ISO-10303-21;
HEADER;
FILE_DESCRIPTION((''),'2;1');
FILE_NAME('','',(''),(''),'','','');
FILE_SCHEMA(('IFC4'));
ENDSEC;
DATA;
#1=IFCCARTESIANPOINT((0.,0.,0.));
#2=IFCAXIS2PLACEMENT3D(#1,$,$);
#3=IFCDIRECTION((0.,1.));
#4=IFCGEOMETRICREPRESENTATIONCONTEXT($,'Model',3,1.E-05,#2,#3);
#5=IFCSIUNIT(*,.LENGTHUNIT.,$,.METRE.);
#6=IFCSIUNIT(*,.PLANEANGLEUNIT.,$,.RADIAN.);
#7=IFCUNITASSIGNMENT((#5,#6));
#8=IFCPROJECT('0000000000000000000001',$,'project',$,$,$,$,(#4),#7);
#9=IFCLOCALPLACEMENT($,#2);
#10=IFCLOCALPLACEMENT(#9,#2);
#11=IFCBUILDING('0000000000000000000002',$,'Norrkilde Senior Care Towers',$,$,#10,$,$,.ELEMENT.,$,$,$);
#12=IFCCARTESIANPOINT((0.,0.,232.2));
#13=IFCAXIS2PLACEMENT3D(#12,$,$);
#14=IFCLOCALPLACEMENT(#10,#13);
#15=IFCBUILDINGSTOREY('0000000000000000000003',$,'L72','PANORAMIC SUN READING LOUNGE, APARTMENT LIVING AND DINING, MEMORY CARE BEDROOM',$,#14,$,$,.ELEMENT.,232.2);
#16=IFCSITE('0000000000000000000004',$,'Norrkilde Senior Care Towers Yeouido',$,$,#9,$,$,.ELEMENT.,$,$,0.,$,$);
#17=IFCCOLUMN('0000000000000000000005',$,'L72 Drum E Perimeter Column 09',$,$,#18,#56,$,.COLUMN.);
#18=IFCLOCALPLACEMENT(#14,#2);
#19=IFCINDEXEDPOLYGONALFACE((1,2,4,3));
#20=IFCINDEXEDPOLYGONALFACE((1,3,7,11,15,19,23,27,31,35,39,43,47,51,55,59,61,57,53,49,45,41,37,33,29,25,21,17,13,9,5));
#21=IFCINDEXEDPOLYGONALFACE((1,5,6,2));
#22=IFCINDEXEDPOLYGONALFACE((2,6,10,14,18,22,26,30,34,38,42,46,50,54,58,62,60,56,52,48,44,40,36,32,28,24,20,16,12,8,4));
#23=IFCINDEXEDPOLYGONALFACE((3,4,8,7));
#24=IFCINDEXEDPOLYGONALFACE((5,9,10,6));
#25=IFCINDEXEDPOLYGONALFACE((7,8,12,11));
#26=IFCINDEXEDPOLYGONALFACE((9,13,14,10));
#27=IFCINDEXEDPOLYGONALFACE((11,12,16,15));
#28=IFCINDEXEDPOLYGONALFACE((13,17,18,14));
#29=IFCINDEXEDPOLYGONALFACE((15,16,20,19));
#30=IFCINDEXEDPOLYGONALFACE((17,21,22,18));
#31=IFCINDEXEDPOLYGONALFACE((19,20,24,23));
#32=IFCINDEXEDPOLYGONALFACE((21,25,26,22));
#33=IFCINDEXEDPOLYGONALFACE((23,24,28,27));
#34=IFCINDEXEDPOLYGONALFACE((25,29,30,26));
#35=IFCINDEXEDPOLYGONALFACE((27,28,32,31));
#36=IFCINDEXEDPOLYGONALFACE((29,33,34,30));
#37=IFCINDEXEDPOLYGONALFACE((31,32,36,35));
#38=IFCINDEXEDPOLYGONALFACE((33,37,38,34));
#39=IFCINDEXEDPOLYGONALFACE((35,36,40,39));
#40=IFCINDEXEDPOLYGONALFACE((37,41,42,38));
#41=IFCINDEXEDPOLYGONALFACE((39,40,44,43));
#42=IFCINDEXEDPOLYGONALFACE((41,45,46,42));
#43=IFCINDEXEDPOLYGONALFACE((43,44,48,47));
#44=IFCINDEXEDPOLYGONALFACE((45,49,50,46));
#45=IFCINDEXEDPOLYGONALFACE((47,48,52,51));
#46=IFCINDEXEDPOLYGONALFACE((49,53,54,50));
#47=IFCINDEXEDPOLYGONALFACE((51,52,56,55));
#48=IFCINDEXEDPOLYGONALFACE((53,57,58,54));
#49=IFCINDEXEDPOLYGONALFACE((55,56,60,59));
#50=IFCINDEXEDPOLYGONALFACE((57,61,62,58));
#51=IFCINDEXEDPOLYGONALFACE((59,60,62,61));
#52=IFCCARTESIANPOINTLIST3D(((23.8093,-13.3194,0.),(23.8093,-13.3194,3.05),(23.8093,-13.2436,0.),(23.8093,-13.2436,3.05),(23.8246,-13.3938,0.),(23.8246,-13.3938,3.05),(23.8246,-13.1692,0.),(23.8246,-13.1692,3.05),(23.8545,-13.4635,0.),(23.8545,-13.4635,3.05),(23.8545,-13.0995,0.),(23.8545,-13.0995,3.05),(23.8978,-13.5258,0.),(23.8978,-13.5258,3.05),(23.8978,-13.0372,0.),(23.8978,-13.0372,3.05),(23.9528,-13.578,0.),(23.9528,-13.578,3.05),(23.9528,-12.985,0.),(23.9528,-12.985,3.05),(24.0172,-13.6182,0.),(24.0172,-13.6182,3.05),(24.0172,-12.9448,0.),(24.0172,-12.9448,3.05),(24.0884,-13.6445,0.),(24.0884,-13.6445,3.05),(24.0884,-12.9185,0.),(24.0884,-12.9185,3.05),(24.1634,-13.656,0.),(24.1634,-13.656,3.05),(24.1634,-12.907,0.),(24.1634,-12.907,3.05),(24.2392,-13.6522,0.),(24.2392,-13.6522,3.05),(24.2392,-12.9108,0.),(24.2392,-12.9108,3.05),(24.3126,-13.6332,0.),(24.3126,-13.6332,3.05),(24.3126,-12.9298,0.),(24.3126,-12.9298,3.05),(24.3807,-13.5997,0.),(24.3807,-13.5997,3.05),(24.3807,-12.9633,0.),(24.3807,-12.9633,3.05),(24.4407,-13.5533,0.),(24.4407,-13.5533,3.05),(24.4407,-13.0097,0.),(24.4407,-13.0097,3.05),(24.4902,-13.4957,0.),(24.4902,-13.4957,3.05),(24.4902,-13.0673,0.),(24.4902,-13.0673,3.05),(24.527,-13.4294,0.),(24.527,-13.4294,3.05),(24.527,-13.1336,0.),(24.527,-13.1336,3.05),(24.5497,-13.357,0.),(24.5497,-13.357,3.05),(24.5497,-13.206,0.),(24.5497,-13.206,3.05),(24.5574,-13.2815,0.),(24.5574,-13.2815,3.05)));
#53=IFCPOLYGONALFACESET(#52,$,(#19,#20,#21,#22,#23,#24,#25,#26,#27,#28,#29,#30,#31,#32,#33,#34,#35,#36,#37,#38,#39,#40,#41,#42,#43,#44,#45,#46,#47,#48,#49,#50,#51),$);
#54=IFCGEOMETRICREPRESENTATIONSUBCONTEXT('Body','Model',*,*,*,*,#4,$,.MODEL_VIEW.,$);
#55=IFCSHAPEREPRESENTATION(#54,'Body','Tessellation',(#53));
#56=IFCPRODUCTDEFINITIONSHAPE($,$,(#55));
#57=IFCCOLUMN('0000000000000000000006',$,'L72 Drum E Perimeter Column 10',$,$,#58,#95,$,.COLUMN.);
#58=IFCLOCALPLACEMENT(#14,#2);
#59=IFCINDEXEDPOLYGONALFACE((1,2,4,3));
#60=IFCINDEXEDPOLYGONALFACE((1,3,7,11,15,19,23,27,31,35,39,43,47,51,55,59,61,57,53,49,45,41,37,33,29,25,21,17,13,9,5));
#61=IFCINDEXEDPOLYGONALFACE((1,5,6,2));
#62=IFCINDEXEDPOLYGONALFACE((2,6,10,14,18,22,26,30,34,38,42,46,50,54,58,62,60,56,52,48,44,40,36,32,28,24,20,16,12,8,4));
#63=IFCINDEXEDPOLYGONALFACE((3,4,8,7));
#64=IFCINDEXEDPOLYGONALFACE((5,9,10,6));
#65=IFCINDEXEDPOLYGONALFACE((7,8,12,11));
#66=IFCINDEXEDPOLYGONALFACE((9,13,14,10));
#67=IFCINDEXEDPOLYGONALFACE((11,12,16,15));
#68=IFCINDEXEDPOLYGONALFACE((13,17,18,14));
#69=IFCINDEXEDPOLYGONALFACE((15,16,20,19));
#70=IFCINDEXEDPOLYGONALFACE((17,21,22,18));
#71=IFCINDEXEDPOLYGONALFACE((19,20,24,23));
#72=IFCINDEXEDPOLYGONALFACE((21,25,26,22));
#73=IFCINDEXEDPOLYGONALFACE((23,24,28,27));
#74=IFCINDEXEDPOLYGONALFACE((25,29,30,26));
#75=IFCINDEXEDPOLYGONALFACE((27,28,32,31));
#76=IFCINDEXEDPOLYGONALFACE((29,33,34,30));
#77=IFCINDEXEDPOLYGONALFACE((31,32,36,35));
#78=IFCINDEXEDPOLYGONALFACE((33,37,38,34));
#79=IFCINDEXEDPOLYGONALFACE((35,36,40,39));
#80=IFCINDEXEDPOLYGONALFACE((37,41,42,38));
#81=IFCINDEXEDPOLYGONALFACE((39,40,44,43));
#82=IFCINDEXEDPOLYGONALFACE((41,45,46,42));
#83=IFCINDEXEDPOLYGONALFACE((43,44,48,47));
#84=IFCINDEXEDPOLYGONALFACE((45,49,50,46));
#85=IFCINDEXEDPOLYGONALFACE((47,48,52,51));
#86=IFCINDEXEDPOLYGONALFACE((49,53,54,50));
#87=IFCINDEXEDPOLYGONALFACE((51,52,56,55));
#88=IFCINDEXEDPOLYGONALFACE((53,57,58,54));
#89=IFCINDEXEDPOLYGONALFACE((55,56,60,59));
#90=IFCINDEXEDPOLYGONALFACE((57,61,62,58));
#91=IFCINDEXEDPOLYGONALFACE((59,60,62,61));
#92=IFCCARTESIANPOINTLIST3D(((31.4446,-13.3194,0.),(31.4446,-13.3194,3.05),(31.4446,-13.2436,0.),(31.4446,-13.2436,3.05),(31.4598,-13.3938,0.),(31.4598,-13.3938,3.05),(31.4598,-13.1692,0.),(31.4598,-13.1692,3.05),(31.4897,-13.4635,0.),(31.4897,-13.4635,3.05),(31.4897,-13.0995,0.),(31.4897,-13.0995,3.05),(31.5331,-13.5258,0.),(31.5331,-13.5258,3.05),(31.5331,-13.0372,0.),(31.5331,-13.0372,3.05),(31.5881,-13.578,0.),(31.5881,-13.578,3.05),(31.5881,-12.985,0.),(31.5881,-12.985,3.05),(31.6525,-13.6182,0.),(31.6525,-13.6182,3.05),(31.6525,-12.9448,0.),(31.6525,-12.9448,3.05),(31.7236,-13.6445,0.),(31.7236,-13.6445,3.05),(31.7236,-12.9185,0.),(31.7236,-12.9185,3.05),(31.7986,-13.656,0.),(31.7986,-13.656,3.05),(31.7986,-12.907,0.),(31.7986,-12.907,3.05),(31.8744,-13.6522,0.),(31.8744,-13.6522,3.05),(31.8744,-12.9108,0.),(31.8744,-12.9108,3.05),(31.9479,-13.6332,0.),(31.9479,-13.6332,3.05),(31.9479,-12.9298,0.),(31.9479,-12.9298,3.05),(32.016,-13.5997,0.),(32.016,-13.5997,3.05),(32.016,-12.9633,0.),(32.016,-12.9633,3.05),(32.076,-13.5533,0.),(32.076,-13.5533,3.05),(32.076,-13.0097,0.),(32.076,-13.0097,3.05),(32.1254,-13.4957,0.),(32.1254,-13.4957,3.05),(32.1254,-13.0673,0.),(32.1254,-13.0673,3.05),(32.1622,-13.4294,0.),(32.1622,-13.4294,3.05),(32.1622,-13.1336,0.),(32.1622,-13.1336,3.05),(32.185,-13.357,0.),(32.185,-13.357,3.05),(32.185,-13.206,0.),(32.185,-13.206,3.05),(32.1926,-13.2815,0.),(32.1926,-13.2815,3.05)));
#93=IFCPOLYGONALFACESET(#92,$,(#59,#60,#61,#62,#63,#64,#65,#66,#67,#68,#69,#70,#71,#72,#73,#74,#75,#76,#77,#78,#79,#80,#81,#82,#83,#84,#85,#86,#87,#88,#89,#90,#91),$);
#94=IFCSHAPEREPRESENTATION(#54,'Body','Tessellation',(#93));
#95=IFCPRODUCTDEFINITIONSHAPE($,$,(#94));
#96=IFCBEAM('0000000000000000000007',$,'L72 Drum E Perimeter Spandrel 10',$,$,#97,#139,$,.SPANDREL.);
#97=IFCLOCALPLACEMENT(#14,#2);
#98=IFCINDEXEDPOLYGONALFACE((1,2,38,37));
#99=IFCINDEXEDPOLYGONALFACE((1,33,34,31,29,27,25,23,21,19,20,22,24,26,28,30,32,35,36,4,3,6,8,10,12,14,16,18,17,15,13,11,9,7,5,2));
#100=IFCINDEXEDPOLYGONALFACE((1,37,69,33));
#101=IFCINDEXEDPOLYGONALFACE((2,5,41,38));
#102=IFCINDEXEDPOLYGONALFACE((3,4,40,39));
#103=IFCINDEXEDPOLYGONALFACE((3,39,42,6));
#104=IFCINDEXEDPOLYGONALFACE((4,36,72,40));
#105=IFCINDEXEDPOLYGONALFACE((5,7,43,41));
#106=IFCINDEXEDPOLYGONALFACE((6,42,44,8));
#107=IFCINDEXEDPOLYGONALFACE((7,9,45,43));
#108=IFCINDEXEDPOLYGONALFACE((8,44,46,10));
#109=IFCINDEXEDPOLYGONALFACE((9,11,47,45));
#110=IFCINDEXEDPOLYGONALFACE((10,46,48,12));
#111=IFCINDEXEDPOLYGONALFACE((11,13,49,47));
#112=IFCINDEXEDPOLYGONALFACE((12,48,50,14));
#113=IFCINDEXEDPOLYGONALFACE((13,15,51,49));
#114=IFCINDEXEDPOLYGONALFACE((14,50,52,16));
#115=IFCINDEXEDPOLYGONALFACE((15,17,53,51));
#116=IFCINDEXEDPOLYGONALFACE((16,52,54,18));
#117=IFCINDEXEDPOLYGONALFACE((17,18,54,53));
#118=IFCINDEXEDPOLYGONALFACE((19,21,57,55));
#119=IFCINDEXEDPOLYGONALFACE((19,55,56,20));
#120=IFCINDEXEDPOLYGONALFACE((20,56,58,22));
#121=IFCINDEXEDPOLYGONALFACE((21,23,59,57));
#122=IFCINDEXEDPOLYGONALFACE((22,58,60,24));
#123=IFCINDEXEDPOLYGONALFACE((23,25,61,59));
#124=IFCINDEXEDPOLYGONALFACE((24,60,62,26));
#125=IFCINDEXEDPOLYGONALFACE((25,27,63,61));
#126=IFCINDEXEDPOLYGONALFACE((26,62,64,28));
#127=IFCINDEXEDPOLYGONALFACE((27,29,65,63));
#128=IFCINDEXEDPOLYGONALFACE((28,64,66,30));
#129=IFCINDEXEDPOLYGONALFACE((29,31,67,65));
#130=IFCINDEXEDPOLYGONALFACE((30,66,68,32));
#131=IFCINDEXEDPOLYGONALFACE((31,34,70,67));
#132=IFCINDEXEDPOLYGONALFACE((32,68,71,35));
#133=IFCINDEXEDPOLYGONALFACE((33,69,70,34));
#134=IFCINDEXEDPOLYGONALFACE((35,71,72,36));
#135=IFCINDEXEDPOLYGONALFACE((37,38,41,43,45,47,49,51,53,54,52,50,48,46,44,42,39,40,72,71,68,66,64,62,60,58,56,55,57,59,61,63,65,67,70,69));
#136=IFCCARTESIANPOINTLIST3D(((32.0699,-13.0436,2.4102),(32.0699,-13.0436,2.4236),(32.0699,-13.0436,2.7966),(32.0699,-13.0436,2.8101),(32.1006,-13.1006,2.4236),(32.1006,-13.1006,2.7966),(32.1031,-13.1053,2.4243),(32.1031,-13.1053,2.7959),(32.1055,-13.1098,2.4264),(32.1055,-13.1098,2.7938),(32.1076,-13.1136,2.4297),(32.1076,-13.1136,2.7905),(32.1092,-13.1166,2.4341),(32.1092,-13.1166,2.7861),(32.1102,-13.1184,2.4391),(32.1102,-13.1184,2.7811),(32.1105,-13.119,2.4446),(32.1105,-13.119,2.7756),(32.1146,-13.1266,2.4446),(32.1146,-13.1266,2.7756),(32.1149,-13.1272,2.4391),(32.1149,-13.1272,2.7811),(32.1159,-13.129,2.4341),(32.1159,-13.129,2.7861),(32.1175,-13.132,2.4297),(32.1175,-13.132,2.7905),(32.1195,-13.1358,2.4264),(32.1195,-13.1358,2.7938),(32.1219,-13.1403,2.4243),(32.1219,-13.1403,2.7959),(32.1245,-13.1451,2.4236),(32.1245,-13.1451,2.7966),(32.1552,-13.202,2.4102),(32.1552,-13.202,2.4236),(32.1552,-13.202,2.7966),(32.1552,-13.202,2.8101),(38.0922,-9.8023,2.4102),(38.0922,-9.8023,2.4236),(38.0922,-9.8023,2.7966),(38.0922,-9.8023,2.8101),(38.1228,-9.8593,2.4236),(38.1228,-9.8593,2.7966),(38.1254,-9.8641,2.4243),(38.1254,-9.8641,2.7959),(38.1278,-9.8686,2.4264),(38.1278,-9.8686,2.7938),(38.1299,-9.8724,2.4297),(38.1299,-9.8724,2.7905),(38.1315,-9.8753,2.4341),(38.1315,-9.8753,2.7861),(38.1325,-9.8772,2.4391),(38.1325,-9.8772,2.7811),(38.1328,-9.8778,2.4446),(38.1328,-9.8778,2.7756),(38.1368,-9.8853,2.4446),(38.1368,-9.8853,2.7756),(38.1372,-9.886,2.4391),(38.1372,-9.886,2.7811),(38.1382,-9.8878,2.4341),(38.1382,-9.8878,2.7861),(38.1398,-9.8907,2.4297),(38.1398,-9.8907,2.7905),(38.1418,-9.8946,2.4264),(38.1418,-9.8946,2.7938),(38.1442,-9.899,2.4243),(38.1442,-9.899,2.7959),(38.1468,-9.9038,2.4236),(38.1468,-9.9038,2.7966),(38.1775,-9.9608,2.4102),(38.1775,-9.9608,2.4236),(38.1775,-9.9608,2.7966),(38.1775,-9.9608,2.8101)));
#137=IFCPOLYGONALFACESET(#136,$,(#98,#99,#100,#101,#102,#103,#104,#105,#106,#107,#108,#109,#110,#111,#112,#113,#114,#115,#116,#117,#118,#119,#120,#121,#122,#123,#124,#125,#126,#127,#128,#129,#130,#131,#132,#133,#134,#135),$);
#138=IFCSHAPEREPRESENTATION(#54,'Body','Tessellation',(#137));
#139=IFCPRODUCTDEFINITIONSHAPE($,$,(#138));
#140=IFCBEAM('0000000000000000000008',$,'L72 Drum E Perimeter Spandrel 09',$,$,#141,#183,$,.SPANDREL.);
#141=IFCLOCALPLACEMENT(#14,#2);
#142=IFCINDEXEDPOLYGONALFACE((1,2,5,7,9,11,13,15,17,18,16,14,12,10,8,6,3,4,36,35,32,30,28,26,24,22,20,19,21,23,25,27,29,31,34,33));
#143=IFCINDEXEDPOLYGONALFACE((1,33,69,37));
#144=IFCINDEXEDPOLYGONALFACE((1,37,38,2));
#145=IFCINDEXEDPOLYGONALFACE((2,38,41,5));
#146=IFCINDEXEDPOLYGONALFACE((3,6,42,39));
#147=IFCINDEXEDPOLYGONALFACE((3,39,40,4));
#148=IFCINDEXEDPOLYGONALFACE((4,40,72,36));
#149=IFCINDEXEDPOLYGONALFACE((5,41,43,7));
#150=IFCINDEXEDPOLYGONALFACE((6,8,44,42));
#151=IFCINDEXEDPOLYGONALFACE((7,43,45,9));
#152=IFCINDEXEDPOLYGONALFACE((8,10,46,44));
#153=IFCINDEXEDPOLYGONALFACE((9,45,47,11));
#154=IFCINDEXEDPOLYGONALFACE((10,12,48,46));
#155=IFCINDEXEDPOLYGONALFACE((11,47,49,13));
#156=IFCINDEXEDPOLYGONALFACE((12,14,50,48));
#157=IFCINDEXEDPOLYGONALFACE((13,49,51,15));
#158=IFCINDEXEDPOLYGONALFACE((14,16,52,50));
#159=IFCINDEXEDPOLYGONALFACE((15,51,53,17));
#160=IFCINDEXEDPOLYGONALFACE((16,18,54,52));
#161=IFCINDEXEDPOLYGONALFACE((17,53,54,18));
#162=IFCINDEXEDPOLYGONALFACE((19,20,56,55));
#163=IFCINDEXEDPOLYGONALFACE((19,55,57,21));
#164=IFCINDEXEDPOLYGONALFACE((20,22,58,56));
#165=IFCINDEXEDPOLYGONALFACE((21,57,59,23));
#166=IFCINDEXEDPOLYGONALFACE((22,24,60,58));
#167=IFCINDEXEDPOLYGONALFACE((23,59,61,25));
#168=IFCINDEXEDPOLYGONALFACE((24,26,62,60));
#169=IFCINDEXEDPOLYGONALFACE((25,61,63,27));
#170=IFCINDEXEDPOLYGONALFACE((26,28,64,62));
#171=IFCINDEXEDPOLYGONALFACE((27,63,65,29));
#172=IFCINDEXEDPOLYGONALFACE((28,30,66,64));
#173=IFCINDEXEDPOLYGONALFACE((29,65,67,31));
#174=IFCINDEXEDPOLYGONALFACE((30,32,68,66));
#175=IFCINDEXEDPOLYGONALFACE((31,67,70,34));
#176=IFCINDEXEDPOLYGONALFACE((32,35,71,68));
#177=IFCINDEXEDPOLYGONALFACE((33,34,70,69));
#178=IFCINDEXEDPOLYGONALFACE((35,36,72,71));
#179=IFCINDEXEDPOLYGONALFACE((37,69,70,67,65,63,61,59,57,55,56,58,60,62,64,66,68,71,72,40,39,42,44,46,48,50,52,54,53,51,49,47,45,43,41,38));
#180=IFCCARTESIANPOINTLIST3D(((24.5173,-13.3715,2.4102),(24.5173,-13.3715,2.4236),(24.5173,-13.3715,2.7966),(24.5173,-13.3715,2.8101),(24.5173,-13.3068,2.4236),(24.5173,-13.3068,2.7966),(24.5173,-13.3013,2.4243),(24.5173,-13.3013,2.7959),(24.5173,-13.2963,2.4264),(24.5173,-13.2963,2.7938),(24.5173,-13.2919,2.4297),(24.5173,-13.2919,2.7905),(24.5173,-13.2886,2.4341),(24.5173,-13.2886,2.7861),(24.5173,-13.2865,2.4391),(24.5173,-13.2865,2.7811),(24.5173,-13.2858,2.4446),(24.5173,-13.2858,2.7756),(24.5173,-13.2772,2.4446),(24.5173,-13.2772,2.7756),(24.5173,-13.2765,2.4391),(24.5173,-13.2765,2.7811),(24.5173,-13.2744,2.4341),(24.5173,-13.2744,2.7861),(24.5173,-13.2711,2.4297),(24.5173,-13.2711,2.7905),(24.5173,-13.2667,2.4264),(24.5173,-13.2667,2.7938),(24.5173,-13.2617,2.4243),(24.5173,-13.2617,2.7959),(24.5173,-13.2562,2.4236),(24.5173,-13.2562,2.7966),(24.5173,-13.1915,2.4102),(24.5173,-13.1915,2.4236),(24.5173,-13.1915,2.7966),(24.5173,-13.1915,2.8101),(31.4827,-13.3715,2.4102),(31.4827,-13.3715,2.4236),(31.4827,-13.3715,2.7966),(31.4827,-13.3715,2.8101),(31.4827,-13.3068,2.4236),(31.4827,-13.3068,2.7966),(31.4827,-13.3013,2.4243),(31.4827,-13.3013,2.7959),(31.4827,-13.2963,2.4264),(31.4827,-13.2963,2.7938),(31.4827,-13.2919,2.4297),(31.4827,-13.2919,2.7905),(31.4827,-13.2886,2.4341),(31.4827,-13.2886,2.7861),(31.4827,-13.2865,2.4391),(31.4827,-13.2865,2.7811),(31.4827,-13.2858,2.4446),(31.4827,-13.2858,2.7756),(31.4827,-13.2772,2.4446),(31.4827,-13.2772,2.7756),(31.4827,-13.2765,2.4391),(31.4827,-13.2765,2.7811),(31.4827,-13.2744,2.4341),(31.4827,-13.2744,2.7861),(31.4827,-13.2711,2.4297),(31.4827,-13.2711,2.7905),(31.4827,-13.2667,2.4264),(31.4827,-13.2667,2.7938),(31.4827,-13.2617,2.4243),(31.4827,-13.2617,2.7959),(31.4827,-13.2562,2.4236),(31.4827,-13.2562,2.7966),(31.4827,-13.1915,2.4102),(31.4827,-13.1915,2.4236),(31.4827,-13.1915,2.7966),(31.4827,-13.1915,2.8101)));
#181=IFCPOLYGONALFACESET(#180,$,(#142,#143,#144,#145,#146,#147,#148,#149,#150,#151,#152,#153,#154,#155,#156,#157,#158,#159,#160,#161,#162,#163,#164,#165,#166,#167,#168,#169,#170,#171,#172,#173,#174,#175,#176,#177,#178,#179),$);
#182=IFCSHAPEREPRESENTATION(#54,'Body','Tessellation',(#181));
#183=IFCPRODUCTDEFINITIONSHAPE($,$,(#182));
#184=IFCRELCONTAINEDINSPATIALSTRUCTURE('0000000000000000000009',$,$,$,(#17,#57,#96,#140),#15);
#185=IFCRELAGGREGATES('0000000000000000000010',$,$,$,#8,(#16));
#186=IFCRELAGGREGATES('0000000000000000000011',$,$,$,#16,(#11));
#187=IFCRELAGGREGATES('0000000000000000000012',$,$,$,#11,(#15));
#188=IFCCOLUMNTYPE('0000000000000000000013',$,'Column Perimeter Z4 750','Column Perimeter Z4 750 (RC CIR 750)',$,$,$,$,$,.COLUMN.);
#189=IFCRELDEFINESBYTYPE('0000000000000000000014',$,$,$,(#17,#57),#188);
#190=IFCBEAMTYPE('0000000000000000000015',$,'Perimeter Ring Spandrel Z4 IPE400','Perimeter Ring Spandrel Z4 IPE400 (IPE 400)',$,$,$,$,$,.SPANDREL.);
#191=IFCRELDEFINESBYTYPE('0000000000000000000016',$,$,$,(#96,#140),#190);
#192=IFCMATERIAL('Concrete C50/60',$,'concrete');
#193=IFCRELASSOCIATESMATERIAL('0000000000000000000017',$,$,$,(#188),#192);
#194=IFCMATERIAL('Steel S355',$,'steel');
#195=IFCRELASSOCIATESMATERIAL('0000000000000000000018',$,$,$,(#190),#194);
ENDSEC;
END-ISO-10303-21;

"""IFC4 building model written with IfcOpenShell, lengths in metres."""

from ifc_helpers import new_model, si_unit, direction, frame, origin, origin_2d, place, context, subcontext, project, spatial, circle, i_section, extrude, source, transform, mapped, material, material_profile, profile_set, type_object, type_shapes, element, save


model = new_model("IFC4")

# Units and contexts
model_context = context("Model", 3, precision=1e-05, world=origin(), true_north=direction((0.0, 1.0)))
body_context = subcontext(model_context, "Body", "Model", "MODEL_VIEW")
ifc_project = project(units=[si_unit("LENGTHUNIT", "METRE"), si_unit("PLANEANGLEUNIT", "RADIAN")], contexts=[model_context])

# Site, building, storey
site_placement = place(None, origin())
site = spatial("IfcSite", under=ifc_project, at=site_placement, Name="Norrkilde Senior Care Towers Yeouido", CompositionType="ELEMENT", RefElevation=0.0)
building_placement = place(site_placement, origin())
building = spatial("IfcBuilding", under=site, at=building_placement, Name="Norrkilde Senior Care Towers", CompositionType="ELEMENT")
storey_placement = place(building_placement, frame((0.0, 0.0, 232.2)))
storey = spatial("IfcBuildingStorey", under=building, at=storey_placement, Name="L72", Description="PANORAMIC SUN READING LOUNGE, APARTMENT LIVING AND DINING, MEMORY CARE BEDROOM", CompositionType="ELEMENT", Elevation=232.2)

# Columns
ifc_material_1 = material(Name="Concrete C50/60", Category="concrete")
ifc_material_profile_1 = material_profile(ifc_material_1, circle(Radius=0.375, at=origin_2d()), Name="RC CIR 750")
ifc_profile_set_1 = profile_set([ifc_material_profile_1], Name="Concrete C50/60")
column_type = type_object("IfcColumnType", Name="Column Perimeter Z4 750", Description="Column Perimeter Z4 750 (RC CIR 750)", PredefinedType="COLUMN", material=ifc_profile_set_1)
shared_shape_1 = source(origin(), body_context, "Body", "SweptSolid", [
    extrude(circle(Radius=0.375, at=origin_2d()), origin(), (0.0, 0.0, 1.0), 3.05),
])
type_shapes(column_type, [shared_shape_1])
for number, where, z_axis, x_axis, name in (
    (1, (24.1824, -13.2815, 0.0), (0.0, 0.0, 1.0), (1.0, 0.0, 0.0), "L72 Drum E Perimeter Column 09"),
    (2, (31.8176, -13.2815, 0.0), (0.0, 0.0, 1.0), (1.0, 0.0, 0.0), "L72 Drum E Perimeter Column 10"),
):
    element("IfcColumn", number, at=place(storey_placement, frame(where, z_axis=z_axis, x_axis=x_axis)), inside=storey, type_object=column_type, Name=name, PredefinedType="COLUMN", context=body_context, shape_type="MappedRepresentation", body=[
        mapped(shared_shape_1, transform((0.0, 0.0, 0.0), x_axis=(1.0, 0.0, 0.0), y_axis=(0.0, 1.0, 0.0), z_axis=(0.0, 0.0, 1.0), scale=1.0)),
    ])

# Beams
ifc_material_2 = material(Name="Steel S355", Category="steel")
ifc_material_profile_2 = material_profile(ifc_material_2, i_section(OverallWidth=0.1799, OverallDepth=0.3999, WebThickness=0.0085, FlangeThickness=0.0134, FilletRadius=0.021, at=origin_2d()), Name="IPE 400")
ifc_profile_set_2 = profile_set([ifc_material_profile_2], Name="Steel S355")
beam_type = type_object("IfcBeamType", Name="Perimeter Ring Spandrel Z4 IPE400", Description="Perimeter Ring Spandrel Z4 IPE400 (IPE 400)", PredefinedType="SPANDREL", material=ifc_profile_set_2)
shared_shape_2 = source(origin(), body_context, "Body", "SweptSolid", [
    extrude(i_section(OverallWidth=0.1799, OverallDepth=0.3999, WebThickness=0.0085, FlangeThickness=0.0134, FilletRadius=0.021, at=origin_2d()), origin(), (0.0, 0.0, 1.0), 6.8391),
])
beam_1_placement = place(storey_placement, frame((32.1125, -13.1228, 2.6101), z_axis=(0.880564, 0.473927, 0.0), x_axis=(-0.473927, 0.880564, 0.0)))
element("IfcBeam", 3, at=beam_1_placement, inside=storey, type_object=beam_type, Name="L72 Drum E Perimeter Spandrel 10", PredefinedType="SPANDREL", context=body_context, shape_type="MappedRepresentation", body=[
    mapped(shared_shape_2, transform((0.0, 0.0, 0.0), x_axis=(1.0, 0.0, 0.0), y_axis=(0.0, 1.0, 0.0), z_axis=(0.0, 0.0, 1.0), scale=1.0)),
])
shared_shape_3 = source(origin(), body_context, "Body", "SweptSolid", [
    extrude(i_section(OverallWidth=0.1799, OverallDepth=0.3999, WebThickness=0.0085, FlangeThickness=0.0134, FilletRadius=0.021, at=origin_2d()), origin(), (0.0, 0.0, 1.0), 6.9653),
])
type_shapes(beam_type, [shared_shape_2, shared_shape_3])
beam_2_placement = place(storey_placement, frame((24.5173, -13.2815, 2.6101), z_axis=(1.0, 0.0, 0.0), x_axis=(0.0, 1.0, 0.0)))
element("IfcBeam", 4, at=beam_2_placement, inside=storey, type_object=beam_type, Name="L72 Drum E Perimeter Spandrel 09", PredefinedType="SPANDREL", context=body_context, shape_type="MappedRepresentation", body=[
    mapped(shared_shape_3, transform((0.0, 0.0, 0.0), x_axis=(1.0, 0.0, 0.0), y_axis=(0.0, 1.0, 0.0), z_axis=(0.0, 0.0, 1.0), scale=1.0)),
])

save(model, "model.ifc")
